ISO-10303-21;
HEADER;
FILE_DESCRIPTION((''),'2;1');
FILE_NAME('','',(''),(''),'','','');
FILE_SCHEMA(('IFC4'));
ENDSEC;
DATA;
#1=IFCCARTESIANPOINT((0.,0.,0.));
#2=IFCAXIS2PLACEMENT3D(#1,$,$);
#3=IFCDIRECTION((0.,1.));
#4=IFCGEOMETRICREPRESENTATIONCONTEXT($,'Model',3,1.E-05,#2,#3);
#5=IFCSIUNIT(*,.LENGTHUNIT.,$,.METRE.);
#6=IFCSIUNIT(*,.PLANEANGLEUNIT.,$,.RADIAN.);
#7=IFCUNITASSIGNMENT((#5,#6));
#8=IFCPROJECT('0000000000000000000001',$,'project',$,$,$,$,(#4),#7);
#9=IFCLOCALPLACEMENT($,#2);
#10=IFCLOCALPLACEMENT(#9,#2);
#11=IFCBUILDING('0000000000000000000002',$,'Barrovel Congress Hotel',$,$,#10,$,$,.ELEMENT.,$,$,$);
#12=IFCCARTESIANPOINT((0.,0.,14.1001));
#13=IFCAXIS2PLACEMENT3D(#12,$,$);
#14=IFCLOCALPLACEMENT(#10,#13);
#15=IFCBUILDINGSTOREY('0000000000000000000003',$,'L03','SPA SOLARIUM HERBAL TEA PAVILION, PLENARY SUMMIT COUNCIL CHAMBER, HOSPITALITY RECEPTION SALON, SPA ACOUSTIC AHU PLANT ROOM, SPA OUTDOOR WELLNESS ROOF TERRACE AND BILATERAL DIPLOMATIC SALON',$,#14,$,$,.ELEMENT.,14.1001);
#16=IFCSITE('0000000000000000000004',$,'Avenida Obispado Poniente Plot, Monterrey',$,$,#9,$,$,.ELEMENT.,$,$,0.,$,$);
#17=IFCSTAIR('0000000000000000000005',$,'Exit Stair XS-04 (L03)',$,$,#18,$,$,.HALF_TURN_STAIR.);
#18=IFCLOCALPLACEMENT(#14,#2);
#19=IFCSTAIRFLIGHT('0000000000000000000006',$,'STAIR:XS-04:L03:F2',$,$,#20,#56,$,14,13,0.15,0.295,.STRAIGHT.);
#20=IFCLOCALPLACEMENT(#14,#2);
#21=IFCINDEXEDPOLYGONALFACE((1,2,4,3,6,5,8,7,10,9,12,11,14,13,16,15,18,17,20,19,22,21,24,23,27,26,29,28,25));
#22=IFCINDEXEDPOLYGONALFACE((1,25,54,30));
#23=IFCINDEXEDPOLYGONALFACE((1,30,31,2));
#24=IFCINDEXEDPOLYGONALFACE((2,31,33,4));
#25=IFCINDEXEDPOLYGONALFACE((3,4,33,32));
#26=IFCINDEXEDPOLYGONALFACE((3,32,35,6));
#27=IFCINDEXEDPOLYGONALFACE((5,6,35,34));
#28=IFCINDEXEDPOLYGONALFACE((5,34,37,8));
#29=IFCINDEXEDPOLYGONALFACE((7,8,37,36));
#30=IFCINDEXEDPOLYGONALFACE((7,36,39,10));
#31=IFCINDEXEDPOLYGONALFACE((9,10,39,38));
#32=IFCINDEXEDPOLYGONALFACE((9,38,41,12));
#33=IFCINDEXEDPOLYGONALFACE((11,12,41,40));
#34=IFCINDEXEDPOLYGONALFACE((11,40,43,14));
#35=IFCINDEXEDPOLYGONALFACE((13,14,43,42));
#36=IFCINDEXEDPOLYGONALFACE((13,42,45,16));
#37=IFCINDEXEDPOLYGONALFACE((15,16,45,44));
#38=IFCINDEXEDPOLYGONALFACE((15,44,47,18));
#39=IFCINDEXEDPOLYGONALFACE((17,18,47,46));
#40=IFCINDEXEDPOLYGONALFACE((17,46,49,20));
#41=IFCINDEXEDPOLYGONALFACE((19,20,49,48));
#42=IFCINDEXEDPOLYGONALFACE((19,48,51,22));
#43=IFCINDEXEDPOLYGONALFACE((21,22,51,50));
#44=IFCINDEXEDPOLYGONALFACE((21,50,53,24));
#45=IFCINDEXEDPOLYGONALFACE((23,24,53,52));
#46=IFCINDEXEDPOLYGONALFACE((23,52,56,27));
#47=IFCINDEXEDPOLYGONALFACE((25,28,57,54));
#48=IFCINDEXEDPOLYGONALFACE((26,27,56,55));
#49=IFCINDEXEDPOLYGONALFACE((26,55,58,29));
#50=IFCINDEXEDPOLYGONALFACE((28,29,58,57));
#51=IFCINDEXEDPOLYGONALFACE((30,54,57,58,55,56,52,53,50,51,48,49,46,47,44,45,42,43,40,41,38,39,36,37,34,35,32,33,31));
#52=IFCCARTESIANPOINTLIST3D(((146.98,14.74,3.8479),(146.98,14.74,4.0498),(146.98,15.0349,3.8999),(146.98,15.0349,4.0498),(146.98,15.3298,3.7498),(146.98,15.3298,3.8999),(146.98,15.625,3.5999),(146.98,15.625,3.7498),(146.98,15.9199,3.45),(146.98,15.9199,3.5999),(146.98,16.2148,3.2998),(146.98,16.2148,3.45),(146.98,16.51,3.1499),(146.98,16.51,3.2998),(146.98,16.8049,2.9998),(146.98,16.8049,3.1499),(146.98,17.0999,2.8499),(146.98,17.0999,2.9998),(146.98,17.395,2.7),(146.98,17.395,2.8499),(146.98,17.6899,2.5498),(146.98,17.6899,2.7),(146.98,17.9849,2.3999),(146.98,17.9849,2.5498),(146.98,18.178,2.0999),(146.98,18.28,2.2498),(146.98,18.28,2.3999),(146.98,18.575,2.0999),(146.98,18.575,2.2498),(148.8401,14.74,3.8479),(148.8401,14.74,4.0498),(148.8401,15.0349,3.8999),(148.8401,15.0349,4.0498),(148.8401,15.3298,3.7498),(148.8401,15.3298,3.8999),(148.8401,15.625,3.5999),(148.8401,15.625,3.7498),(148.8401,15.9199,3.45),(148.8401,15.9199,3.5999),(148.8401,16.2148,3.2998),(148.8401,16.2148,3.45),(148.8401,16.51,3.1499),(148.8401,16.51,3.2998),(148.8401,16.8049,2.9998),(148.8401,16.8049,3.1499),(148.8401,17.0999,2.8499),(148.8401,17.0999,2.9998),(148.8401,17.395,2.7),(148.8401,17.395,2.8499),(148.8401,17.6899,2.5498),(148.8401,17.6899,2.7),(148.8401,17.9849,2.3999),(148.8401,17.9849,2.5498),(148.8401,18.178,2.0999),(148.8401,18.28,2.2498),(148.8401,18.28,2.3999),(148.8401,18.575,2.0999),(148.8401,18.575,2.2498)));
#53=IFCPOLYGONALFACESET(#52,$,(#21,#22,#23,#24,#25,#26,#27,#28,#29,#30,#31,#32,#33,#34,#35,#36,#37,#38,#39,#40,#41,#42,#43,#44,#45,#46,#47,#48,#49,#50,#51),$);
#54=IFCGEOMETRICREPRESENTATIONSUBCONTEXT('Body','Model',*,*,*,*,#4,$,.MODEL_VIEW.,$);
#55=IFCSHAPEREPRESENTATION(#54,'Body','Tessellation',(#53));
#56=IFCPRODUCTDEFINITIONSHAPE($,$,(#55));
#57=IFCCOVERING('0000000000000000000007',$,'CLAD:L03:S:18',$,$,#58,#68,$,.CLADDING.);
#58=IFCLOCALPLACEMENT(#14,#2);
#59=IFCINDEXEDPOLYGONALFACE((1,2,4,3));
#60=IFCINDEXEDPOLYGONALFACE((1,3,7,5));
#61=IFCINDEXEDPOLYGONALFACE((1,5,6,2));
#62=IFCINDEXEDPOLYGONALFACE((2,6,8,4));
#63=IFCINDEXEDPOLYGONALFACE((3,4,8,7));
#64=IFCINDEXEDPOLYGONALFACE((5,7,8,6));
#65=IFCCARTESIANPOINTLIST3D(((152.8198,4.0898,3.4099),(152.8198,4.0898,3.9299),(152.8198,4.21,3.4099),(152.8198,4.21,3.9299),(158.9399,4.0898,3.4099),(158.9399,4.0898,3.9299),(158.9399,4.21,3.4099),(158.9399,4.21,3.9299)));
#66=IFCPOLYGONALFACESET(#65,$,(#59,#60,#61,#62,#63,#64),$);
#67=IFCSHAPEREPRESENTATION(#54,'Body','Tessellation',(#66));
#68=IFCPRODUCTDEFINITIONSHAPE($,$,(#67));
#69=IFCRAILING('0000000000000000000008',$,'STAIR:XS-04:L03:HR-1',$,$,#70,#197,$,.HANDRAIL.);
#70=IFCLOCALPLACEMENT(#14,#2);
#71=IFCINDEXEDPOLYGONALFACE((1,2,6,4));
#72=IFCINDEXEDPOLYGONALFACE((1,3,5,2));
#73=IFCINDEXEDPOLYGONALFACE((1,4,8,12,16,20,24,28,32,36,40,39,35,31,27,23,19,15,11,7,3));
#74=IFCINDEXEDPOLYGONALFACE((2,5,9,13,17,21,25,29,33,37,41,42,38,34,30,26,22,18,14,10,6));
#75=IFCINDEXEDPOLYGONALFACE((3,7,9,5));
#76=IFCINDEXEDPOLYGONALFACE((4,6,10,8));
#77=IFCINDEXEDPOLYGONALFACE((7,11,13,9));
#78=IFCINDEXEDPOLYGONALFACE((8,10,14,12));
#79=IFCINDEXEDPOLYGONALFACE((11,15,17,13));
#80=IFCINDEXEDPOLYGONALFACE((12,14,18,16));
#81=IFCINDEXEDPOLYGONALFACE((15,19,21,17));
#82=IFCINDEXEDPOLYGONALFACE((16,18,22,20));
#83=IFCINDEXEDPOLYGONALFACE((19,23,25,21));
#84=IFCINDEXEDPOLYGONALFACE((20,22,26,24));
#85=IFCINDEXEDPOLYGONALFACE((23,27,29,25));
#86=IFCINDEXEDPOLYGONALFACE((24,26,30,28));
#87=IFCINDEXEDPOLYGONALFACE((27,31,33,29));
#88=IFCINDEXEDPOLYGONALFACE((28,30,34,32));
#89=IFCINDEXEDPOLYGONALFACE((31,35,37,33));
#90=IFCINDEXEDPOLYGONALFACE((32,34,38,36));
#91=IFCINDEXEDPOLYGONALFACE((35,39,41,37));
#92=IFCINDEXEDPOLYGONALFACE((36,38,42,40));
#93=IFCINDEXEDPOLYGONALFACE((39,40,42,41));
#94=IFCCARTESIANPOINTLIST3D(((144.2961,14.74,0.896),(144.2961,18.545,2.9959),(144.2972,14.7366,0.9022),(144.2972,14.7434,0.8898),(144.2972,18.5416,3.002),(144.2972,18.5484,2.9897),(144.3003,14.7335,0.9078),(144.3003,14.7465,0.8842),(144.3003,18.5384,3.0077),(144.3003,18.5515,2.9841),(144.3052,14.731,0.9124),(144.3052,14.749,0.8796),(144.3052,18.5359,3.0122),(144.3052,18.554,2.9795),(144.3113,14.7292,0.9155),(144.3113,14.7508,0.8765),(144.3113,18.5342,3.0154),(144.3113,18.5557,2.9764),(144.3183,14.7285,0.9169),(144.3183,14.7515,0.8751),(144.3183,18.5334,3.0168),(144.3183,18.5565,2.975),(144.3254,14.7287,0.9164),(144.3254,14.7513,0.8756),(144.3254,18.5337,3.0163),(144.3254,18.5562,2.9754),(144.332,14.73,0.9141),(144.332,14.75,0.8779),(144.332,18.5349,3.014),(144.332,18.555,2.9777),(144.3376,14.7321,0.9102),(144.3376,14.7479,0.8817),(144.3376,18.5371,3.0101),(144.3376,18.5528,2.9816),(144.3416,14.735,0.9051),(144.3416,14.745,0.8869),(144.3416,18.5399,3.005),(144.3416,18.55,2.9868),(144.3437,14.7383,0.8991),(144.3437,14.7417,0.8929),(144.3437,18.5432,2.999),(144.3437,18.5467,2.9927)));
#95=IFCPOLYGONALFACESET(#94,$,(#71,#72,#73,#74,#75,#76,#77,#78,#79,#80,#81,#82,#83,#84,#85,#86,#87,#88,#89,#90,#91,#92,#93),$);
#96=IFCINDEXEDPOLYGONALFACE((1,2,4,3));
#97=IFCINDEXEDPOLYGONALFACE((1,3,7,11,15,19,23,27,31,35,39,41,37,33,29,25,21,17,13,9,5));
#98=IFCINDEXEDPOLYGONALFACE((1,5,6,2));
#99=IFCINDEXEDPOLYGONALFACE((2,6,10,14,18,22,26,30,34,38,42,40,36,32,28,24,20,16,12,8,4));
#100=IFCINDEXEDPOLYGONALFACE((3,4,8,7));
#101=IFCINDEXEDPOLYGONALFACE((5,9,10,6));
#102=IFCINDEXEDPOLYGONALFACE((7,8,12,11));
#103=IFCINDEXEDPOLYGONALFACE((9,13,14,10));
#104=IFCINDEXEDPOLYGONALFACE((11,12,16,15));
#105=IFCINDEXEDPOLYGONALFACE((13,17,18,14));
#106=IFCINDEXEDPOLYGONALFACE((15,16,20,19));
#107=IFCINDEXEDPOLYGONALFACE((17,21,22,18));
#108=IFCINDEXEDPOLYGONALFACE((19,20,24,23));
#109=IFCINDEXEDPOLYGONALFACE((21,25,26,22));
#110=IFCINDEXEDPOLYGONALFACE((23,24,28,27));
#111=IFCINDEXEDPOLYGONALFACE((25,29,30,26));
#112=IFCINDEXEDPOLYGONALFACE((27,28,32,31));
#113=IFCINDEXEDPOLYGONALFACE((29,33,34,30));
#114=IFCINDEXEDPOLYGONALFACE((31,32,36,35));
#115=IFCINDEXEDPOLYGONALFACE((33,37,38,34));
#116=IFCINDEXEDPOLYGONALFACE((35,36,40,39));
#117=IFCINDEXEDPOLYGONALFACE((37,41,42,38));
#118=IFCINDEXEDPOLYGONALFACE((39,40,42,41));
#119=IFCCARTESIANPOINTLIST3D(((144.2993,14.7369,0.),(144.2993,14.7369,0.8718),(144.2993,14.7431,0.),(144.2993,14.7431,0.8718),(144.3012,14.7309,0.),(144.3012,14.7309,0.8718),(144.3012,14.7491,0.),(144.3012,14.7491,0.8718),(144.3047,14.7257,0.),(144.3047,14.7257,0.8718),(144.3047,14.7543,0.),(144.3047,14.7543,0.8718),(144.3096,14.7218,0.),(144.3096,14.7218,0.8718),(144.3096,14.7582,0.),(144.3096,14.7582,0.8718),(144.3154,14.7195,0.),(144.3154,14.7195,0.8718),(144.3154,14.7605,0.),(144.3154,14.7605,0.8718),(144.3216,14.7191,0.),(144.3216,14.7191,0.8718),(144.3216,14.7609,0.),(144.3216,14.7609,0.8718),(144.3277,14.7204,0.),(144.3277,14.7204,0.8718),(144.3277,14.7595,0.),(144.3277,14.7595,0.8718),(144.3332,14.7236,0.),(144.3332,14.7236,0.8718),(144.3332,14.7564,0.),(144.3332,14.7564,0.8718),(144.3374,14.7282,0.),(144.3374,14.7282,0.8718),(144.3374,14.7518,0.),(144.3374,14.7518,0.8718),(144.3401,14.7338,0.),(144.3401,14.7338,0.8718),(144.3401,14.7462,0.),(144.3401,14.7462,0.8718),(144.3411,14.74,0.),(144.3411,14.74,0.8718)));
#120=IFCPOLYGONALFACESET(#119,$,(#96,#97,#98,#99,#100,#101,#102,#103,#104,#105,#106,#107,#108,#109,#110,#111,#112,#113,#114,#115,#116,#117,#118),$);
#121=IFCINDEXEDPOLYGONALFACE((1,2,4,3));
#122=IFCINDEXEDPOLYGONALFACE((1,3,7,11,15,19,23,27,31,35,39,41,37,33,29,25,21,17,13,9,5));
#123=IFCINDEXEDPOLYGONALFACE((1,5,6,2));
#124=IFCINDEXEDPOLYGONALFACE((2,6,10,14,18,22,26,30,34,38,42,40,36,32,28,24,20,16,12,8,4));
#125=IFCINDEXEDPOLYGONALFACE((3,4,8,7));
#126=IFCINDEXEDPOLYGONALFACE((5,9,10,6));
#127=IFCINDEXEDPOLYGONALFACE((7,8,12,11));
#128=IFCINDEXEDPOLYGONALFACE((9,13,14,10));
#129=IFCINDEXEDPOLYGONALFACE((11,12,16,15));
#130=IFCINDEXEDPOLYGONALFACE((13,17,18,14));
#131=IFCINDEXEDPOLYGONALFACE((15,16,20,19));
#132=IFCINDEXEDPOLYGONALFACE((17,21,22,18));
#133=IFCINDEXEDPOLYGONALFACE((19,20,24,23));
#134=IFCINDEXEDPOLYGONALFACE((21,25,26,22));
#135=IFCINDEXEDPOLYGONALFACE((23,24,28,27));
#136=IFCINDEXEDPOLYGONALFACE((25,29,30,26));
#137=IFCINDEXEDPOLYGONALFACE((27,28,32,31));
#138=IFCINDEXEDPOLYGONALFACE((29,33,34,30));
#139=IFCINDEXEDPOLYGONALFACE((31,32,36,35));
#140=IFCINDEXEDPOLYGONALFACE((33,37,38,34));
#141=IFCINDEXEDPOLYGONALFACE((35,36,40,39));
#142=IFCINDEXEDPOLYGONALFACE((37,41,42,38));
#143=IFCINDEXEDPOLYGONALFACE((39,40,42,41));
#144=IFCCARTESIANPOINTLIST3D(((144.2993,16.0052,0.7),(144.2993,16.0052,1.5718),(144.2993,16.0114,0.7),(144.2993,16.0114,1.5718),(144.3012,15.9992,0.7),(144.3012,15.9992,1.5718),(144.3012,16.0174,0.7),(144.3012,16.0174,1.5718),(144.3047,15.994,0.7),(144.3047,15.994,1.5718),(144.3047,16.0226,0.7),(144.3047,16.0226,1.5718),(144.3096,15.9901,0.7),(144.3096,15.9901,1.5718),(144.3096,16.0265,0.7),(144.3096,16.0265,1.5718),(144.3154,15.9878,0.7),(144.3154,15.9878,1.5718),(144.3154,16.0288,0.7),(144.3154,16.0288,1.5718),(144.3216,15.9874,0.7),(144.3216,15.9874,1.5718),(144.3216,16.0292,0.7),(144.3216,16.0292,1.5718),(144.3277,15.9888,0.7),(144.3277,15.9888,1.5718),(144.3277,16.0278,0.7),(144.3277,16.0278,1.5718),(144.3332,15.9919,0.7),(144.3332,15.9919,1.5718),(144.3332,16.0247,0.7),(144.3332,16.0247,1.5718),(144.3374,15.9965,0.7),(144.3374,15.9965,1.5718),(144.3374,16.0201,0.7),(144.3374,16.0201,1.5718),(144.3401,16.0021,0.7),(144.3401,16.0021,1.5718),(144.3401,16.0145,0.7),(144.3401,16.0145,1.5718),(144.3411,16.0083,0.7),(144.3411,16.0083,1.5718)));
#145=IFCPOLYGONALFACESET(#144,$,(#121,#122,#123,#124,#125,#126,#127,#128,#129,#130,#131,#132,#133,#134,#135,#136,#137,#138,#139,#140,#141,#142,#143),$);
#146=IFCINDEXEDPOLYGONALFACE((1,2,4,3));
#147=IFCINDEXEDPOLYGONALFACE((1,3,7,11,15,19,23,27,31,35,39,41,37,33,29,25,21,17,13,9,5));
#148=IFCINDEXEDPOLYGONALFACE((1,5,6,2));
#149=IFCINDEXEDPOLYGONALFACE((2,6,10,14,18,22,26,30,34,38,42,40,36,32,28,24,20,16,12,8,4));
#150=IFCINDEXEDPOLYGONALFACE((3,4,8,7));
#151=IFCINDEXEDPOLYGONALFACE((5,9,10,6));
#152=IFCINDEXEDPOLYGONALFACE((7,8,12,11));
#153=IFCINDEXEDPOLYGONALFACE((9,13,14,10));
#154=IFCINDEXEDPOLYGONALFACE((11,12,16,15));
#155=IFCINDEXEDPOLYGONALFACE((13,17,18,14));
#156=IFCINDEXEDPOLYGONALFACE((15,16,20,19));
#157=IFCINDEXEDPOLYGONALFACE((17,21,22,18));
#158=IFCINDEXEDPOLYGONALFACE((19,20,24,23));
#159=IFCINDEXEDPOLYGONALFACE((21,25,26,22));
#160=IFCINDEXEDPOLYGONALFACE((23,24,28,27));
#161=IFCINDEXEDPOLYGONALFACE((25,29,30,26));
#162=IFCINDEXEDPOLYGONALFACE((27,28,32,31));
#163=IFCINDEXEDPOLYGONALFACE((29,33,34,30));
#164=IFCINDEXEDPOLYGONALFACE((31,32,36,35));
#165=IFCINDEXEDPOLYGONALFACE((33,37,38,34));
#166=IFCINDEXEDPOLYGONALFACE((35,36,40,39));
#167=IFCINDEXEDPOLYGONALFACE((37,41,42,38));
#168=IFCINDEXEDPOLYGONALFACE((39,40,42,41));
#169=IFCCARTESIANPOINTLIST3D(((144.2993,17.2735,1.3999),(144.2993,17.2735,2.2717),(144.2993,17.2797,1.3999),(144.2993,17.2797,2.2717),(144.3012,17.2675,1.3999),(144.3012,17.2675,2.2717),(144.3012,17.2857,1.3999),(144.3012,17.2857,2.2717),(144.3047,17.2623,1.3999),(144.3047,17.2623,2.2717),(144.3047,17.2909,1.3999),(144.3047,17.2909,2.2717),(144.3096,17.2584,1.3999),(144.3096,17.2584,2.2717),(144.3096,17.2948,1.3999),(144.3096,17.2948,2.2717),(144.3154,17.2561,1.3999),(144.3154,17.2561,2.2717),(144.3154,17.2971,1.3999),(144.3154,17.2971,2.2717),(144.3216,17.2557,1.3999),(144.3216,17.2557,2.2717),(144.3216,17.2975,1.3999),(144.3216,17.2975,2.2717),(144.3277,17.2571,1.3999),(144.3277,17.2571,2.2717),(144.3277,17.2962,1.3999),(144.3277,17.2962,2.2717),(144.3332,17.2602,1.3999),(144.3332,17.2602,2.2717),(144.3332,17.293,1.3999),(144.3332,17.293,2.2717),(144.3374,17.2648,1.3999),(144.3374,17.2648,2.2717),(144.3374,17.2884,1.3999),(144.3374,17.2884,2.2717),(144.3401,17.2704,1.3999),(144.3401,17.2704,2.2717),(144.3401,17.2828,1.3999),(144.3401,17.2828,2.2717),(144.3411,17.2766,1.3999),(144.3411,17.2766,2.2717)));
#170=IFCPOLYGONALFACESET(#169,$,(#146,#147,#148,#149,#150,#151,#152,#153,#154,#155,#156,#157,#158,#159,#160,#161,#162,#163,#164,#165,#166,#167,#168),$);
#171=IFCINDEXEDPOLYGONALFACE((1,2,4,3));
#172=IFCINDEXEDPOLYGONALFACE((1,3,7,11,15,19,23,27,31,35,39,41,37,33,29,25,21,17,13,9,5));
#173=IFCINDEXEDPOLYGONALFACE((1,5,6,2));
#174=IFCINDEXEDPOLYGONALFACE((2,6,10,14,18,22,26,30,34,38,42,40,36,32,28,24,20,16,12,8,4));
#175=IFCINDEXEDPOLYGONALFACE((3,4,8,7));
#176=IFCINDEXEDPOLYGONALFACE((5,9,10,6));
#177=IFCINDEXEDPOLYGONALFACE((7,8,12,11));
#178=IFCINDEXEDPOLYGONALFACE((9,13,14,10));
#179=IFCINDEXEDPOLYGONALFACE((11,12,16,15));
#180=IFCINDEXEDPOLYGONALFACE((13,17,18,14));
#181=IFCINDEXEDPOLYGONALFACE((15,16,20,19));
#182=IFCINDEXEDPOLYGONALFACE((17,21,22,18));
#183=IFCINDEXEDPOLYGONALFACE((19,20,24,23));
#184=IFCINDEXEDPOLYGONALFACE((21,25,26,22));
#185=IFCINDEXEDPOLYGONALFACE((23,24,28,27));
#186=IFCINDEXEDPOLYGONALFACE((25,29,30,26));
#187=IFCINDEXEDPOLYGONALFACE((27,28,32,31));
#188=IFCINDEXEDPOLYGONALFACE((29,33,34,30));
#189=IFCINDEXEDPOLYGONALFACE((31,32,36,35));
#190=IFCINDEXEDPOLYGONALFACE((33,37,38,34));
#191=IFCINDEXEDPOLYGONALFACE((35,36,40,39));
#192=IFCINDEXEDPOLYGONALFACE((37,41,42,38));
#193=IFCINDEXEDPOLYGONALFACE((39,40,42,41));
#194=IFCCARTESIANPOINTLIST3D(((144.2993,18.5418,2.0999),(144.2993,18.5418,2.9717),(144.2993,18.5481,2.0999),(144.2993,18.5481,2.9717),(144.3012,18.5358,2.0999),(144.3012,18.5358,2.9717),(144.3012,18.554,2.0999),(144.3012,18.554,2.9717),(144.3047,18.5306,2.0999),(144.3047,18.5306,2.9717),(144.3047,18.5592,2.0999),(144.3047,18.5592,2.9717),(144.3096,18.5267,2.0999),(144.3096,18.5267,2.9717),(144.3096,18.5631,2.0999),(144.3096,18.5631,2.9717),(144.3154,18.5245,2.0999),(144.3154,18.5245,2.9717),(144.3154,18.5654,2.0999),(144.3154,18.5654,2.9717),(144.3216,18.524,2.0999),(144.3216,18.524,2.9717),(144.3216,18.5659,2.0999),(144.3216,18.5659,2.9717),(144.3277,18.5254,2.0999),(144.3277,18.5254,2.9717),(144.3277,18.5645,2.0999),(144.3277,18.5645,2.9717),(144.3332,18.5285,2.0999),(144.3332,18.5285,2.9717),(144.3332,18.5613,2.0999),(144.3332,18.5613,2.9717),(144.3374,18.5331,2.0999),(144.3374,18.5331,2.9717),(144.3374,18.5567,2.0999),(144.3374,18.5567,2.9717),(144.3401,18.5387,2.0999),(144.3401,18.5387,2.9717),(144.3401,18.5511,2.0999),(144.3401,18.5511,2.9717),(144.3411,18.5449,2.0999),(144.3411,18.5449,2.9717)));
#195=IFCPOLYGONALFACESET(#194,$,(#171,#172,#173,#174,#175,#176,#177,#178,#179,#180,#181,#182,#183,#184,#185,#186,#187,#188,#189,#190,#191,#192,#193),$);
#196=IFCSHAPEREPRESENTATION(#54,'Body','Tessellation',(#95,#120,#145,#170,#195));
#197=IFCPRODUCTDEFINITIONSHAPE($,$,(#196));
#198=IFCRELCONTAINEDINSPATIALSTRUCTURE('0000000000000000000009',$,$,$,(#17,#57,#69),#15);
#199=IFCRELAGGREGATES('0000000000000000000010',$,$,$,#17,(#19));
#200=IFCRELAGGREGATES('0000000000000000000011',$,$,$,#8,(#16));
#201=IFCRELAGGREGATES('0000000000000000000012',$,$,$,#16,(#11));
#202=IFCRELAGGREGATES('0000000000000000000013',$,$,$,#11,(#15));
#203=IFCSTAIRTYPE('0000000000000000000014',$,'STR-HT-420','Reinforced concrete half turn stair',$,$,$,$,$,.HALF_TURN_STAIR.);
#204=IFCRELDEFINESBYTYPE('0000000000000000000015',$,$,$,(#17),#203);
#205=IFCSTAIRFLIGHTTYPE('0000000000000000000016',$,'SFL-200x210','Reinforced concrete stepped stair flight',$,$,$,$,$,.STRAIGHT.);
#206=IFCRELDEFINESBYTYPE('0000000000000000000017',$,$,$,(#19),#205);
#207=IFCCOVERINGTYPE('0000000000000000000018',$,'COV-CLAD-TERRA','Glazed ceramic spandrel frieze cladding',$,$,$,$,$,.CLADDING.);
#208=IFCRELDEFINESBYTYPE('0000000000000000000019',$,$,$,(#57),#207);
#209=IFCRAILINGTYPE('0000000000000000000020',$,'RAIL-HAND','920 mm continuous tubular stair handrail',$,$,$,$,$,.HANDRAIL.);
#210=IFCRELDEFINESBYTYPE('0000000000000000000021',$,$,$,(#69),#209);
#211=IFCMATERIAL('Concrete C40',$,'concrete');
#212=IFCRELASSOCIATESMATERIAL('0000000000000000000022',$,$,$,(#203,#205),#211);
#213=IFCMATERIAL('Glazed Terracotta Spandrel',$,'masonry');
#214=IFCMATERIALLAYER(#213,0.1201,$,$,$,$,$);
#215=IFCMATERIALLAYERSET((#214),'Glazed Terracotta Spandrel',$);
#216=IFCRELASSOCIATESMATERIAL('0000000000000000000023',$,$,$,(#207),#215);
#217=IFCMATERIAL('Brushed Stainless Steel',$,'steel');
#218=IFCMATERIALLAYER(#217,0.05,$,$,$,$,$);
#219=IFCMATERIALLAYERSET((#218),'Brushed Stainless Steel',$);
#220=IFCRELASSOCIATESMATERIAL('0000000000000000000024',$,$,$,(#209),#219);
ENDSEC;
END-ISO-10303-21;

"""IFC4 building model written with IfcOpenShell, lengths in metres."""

from ifc_helpers import new_model, si_unit, direction, frame, origin, origin_2d, place, context, subcontext, project, spatial, polyline, rectangle, circle, outline, extrude, material, layer, layer_set, type_object, element, aggregate, save


model = new_model("IFC4")

# Units and contexts
model_context = context("Model", 3, precision=1e-05, world=origin(), true_north=direction((0.0, 1.0)))
body_context = subcontext(model_context, "Body", "Model", "MODEL_VIEW")
ifc_project = project(units=[si_unit("LENGTHUNIT", "METRE"), si_unit("PLANEANGLEUNIT", "RADIAN")], contexts=[model_context])

# Site, building, storey
site_placement = place(None, origin())
site = spatial("IfcSite", under=ifc_project, at=site_placement, Name="Avenida Obispado Poniente Plot, Monterrey", CompositionType="ELEMENT", RefElevation=0.0)
building_placement = place(site_placement, origin())
building = spatial("IfcBuilding", under=site, at=building_placement, Name="Barrovel Congress Hotel", CompositionType="ELEMENT")
storey_placement = place(building_placement, frame((0.0, 0.0, 14.1001)))
storey = spatial("IfcBuildingStorey", under=building, at=storey_placement, Name="L03", Description="SPA SOLARIUM HERBAL TEA PAVILION, PLENARY SUMMIT COUNCIL CHAMBER, HOSPITALITY RECEPTION SALON, SPA ACOUSTIC AHU PLANT ROOM, SPA OUTDOOR WELLNESS ROOF TERRACE AND BILATERAL DIPLOMATIC SALON", CompositionType="ELEMENT", Elevation=14.1001)

# Shared definitions
ifc_material_1 = material(Name="Concrete C40", Category="concrete")

# Stair, stair flight
stair_type = type_object("IfcStairType", Name="STR-HT-420", Description="Reinforced concrete half turn stair", PredefinedType="HALF_TURN_STAIR", material=ifc_material_1)
stair_placement = place(storey_placement, origin())
stair = element("IfcStair", 1, at=stair_placement, inside=storey, type_object=stair_type, Name="Exit Stair XS-04 (L03)", PredefinedType="HALF_TURN_STAIR")
stair_flight_type = type_object("IfcStairFlightType", Name="SFL-200x210", Description="Reinforced concrete stepped stair flight", PredefinedType="STRAIGHT", material=ifc_material_1)
stair_flight_1_placement = place(storey_placement, frame((147.9099, 18.575, 2.0999), z_axis=(0.0, 0.0, 1.0), x_axis=(0.0, -1.0, 0.0)))
stair_flight_1 = element("IfcStairFlight", 2, at=stair_flight_1_placement, type_object=stair_flight_type, Name="STAIR:XS-04:L03:F2", NumberOfRisers=14, NumberOfTreads=13, PredefinedType="STRAIGHT", RiserHeight=0.15, TreadLength=0.295, context=body_context, shape_type="SweptSolid", body=[
    extrude(outline(polyline([(0.0, 0.0), (0.0, 0.1499), (0.2949, 0.1499), (0.2949, 0.3), (0.5901, 0.3), (0.5901, 0.45), (0.885, 0.45), (0.885, 0.6001), (1.1799, 0.6001), (1.1799, 0.75), (1.4751, 0.75), (1.4751, 0.8999), (1.77, 0.8999), (1.77, 1.05), (2.0649, 1.05), (2.0649, 1.2), (2.3601, 1.2), (2.3601, 1.3501), (2.655, 1.3501), (2.655, 1.5), (2.95, 1.5), (2.95, 1.6499), (3.2451, 1.6499), (3.2451, 1.8), (3.54, 1.8), (3.54, 1.95), (3.835, 1.95), (3.835, 2.1001), (3.835, 1.748), (0.397, 0.0), (0.0, 0.0)])), frame((0.0, 0.9302, 0.0), z_axis=(0.0, -1.0, 0.0), x_axis=(1.0, 0.0, 0.0)), (0.0, 0.0, 1.0), 1.8601),
])
aggregate(stair, [stair_flight_1])

# Covering
ifc_material_2 = material(Name="Glazed Terracotta Spandrel", Category="masonry")
ifc_layer_1 = layer(ifc_material_2, 0.1201)
ifc_layer_set_1 = layer_set([ifc_layer_1], Name="Glazed Terracotta Spandrel")
covering_type = type_object("IfcCoveringType", Name="COV-CLAD-TERRA", Description="Glazed ceramic spandrel frieze cladding", PredefinedType="CLADDING", material=ifc_layer_set_1)
covering_placement = place(storey_placement, frame((155.8799, 4.1499, 3.4099), z_axis=(0.0, 0.0, 1.0), x_axis=(1.0, 0.0, 0.0)))
element("IfcCovering", 3, at=covering_placement, inside=storey, type_object=covering_type, Name="CLAD:L03:S:18", PredefinedType="CLADDING", context=body_context, shape_type="SweptSolid", body=[
    extrude(rectangle(XDim=6.1201, YDim=0.1201, at=origin_2d()), origin(), (0.0, 0.0, 1.0), 0.52),
])

# Railing
ifc_material_3 = material(Name="Brushed Stainless Steel", Category="steel")
ifc_layer_2 = layer(ifc_material_3, 0.05)
ifc_layer_set_2 = layer_set([ifc_layer_2], Name="Brushed Stainless Steel")
railing_type_1 = type_object("IfcRailingType", Name="RAIL-HAND", Description="920 mm continuous tubular stair handrail", PredefinedType="HANDRAIL", material=ifc_layer_set_2)
railing_1_placement = place(storey_placement, frame((144.3201, 14.74, 0.0)))
element("IfcRailing", 4, at=railing_1_placement, inside=storey, type_object=railing_type_1, Name="STAIR:XS-04:L03:HR-1", PredefinedType="HANDRAIL", context=body_context, shape_type="SweptSolid", body=[
    extrude(circle(Radius=0.0239, at=origin_2d()), frame((0.0, 0.0, 0.896), z_axis=(0.0, 0.875521, 0.48318), x_axis=(-1.0, 0.0, 0.0)), (0.0, 0.0, 1.0), 4.3459),
    extrude(circle(Radius=0.021, at=origin_2d()), origin(), (0.0, 0.0, 1.0), 0.8718),
    extrude(circle(Radius=0.021, at=origin_2d()), frame((0.0, 1.2683, 0.7)), (0.0, 0.0, 1.0), 0.8718),
    extrude(circle(Radius=0.021, at=origin_2d()), frame((0.0, 2.5366, 1.3999)), (0.0, 0.0, 1.0), 0.8718),
    extrude(circle(Radius=0.021, at=origin_2d()), frame((0.0, 3.8049, 2.0999)), (0.0, 0.0, 1.0), 0.8718),
])

save(model, "model.ifc")
